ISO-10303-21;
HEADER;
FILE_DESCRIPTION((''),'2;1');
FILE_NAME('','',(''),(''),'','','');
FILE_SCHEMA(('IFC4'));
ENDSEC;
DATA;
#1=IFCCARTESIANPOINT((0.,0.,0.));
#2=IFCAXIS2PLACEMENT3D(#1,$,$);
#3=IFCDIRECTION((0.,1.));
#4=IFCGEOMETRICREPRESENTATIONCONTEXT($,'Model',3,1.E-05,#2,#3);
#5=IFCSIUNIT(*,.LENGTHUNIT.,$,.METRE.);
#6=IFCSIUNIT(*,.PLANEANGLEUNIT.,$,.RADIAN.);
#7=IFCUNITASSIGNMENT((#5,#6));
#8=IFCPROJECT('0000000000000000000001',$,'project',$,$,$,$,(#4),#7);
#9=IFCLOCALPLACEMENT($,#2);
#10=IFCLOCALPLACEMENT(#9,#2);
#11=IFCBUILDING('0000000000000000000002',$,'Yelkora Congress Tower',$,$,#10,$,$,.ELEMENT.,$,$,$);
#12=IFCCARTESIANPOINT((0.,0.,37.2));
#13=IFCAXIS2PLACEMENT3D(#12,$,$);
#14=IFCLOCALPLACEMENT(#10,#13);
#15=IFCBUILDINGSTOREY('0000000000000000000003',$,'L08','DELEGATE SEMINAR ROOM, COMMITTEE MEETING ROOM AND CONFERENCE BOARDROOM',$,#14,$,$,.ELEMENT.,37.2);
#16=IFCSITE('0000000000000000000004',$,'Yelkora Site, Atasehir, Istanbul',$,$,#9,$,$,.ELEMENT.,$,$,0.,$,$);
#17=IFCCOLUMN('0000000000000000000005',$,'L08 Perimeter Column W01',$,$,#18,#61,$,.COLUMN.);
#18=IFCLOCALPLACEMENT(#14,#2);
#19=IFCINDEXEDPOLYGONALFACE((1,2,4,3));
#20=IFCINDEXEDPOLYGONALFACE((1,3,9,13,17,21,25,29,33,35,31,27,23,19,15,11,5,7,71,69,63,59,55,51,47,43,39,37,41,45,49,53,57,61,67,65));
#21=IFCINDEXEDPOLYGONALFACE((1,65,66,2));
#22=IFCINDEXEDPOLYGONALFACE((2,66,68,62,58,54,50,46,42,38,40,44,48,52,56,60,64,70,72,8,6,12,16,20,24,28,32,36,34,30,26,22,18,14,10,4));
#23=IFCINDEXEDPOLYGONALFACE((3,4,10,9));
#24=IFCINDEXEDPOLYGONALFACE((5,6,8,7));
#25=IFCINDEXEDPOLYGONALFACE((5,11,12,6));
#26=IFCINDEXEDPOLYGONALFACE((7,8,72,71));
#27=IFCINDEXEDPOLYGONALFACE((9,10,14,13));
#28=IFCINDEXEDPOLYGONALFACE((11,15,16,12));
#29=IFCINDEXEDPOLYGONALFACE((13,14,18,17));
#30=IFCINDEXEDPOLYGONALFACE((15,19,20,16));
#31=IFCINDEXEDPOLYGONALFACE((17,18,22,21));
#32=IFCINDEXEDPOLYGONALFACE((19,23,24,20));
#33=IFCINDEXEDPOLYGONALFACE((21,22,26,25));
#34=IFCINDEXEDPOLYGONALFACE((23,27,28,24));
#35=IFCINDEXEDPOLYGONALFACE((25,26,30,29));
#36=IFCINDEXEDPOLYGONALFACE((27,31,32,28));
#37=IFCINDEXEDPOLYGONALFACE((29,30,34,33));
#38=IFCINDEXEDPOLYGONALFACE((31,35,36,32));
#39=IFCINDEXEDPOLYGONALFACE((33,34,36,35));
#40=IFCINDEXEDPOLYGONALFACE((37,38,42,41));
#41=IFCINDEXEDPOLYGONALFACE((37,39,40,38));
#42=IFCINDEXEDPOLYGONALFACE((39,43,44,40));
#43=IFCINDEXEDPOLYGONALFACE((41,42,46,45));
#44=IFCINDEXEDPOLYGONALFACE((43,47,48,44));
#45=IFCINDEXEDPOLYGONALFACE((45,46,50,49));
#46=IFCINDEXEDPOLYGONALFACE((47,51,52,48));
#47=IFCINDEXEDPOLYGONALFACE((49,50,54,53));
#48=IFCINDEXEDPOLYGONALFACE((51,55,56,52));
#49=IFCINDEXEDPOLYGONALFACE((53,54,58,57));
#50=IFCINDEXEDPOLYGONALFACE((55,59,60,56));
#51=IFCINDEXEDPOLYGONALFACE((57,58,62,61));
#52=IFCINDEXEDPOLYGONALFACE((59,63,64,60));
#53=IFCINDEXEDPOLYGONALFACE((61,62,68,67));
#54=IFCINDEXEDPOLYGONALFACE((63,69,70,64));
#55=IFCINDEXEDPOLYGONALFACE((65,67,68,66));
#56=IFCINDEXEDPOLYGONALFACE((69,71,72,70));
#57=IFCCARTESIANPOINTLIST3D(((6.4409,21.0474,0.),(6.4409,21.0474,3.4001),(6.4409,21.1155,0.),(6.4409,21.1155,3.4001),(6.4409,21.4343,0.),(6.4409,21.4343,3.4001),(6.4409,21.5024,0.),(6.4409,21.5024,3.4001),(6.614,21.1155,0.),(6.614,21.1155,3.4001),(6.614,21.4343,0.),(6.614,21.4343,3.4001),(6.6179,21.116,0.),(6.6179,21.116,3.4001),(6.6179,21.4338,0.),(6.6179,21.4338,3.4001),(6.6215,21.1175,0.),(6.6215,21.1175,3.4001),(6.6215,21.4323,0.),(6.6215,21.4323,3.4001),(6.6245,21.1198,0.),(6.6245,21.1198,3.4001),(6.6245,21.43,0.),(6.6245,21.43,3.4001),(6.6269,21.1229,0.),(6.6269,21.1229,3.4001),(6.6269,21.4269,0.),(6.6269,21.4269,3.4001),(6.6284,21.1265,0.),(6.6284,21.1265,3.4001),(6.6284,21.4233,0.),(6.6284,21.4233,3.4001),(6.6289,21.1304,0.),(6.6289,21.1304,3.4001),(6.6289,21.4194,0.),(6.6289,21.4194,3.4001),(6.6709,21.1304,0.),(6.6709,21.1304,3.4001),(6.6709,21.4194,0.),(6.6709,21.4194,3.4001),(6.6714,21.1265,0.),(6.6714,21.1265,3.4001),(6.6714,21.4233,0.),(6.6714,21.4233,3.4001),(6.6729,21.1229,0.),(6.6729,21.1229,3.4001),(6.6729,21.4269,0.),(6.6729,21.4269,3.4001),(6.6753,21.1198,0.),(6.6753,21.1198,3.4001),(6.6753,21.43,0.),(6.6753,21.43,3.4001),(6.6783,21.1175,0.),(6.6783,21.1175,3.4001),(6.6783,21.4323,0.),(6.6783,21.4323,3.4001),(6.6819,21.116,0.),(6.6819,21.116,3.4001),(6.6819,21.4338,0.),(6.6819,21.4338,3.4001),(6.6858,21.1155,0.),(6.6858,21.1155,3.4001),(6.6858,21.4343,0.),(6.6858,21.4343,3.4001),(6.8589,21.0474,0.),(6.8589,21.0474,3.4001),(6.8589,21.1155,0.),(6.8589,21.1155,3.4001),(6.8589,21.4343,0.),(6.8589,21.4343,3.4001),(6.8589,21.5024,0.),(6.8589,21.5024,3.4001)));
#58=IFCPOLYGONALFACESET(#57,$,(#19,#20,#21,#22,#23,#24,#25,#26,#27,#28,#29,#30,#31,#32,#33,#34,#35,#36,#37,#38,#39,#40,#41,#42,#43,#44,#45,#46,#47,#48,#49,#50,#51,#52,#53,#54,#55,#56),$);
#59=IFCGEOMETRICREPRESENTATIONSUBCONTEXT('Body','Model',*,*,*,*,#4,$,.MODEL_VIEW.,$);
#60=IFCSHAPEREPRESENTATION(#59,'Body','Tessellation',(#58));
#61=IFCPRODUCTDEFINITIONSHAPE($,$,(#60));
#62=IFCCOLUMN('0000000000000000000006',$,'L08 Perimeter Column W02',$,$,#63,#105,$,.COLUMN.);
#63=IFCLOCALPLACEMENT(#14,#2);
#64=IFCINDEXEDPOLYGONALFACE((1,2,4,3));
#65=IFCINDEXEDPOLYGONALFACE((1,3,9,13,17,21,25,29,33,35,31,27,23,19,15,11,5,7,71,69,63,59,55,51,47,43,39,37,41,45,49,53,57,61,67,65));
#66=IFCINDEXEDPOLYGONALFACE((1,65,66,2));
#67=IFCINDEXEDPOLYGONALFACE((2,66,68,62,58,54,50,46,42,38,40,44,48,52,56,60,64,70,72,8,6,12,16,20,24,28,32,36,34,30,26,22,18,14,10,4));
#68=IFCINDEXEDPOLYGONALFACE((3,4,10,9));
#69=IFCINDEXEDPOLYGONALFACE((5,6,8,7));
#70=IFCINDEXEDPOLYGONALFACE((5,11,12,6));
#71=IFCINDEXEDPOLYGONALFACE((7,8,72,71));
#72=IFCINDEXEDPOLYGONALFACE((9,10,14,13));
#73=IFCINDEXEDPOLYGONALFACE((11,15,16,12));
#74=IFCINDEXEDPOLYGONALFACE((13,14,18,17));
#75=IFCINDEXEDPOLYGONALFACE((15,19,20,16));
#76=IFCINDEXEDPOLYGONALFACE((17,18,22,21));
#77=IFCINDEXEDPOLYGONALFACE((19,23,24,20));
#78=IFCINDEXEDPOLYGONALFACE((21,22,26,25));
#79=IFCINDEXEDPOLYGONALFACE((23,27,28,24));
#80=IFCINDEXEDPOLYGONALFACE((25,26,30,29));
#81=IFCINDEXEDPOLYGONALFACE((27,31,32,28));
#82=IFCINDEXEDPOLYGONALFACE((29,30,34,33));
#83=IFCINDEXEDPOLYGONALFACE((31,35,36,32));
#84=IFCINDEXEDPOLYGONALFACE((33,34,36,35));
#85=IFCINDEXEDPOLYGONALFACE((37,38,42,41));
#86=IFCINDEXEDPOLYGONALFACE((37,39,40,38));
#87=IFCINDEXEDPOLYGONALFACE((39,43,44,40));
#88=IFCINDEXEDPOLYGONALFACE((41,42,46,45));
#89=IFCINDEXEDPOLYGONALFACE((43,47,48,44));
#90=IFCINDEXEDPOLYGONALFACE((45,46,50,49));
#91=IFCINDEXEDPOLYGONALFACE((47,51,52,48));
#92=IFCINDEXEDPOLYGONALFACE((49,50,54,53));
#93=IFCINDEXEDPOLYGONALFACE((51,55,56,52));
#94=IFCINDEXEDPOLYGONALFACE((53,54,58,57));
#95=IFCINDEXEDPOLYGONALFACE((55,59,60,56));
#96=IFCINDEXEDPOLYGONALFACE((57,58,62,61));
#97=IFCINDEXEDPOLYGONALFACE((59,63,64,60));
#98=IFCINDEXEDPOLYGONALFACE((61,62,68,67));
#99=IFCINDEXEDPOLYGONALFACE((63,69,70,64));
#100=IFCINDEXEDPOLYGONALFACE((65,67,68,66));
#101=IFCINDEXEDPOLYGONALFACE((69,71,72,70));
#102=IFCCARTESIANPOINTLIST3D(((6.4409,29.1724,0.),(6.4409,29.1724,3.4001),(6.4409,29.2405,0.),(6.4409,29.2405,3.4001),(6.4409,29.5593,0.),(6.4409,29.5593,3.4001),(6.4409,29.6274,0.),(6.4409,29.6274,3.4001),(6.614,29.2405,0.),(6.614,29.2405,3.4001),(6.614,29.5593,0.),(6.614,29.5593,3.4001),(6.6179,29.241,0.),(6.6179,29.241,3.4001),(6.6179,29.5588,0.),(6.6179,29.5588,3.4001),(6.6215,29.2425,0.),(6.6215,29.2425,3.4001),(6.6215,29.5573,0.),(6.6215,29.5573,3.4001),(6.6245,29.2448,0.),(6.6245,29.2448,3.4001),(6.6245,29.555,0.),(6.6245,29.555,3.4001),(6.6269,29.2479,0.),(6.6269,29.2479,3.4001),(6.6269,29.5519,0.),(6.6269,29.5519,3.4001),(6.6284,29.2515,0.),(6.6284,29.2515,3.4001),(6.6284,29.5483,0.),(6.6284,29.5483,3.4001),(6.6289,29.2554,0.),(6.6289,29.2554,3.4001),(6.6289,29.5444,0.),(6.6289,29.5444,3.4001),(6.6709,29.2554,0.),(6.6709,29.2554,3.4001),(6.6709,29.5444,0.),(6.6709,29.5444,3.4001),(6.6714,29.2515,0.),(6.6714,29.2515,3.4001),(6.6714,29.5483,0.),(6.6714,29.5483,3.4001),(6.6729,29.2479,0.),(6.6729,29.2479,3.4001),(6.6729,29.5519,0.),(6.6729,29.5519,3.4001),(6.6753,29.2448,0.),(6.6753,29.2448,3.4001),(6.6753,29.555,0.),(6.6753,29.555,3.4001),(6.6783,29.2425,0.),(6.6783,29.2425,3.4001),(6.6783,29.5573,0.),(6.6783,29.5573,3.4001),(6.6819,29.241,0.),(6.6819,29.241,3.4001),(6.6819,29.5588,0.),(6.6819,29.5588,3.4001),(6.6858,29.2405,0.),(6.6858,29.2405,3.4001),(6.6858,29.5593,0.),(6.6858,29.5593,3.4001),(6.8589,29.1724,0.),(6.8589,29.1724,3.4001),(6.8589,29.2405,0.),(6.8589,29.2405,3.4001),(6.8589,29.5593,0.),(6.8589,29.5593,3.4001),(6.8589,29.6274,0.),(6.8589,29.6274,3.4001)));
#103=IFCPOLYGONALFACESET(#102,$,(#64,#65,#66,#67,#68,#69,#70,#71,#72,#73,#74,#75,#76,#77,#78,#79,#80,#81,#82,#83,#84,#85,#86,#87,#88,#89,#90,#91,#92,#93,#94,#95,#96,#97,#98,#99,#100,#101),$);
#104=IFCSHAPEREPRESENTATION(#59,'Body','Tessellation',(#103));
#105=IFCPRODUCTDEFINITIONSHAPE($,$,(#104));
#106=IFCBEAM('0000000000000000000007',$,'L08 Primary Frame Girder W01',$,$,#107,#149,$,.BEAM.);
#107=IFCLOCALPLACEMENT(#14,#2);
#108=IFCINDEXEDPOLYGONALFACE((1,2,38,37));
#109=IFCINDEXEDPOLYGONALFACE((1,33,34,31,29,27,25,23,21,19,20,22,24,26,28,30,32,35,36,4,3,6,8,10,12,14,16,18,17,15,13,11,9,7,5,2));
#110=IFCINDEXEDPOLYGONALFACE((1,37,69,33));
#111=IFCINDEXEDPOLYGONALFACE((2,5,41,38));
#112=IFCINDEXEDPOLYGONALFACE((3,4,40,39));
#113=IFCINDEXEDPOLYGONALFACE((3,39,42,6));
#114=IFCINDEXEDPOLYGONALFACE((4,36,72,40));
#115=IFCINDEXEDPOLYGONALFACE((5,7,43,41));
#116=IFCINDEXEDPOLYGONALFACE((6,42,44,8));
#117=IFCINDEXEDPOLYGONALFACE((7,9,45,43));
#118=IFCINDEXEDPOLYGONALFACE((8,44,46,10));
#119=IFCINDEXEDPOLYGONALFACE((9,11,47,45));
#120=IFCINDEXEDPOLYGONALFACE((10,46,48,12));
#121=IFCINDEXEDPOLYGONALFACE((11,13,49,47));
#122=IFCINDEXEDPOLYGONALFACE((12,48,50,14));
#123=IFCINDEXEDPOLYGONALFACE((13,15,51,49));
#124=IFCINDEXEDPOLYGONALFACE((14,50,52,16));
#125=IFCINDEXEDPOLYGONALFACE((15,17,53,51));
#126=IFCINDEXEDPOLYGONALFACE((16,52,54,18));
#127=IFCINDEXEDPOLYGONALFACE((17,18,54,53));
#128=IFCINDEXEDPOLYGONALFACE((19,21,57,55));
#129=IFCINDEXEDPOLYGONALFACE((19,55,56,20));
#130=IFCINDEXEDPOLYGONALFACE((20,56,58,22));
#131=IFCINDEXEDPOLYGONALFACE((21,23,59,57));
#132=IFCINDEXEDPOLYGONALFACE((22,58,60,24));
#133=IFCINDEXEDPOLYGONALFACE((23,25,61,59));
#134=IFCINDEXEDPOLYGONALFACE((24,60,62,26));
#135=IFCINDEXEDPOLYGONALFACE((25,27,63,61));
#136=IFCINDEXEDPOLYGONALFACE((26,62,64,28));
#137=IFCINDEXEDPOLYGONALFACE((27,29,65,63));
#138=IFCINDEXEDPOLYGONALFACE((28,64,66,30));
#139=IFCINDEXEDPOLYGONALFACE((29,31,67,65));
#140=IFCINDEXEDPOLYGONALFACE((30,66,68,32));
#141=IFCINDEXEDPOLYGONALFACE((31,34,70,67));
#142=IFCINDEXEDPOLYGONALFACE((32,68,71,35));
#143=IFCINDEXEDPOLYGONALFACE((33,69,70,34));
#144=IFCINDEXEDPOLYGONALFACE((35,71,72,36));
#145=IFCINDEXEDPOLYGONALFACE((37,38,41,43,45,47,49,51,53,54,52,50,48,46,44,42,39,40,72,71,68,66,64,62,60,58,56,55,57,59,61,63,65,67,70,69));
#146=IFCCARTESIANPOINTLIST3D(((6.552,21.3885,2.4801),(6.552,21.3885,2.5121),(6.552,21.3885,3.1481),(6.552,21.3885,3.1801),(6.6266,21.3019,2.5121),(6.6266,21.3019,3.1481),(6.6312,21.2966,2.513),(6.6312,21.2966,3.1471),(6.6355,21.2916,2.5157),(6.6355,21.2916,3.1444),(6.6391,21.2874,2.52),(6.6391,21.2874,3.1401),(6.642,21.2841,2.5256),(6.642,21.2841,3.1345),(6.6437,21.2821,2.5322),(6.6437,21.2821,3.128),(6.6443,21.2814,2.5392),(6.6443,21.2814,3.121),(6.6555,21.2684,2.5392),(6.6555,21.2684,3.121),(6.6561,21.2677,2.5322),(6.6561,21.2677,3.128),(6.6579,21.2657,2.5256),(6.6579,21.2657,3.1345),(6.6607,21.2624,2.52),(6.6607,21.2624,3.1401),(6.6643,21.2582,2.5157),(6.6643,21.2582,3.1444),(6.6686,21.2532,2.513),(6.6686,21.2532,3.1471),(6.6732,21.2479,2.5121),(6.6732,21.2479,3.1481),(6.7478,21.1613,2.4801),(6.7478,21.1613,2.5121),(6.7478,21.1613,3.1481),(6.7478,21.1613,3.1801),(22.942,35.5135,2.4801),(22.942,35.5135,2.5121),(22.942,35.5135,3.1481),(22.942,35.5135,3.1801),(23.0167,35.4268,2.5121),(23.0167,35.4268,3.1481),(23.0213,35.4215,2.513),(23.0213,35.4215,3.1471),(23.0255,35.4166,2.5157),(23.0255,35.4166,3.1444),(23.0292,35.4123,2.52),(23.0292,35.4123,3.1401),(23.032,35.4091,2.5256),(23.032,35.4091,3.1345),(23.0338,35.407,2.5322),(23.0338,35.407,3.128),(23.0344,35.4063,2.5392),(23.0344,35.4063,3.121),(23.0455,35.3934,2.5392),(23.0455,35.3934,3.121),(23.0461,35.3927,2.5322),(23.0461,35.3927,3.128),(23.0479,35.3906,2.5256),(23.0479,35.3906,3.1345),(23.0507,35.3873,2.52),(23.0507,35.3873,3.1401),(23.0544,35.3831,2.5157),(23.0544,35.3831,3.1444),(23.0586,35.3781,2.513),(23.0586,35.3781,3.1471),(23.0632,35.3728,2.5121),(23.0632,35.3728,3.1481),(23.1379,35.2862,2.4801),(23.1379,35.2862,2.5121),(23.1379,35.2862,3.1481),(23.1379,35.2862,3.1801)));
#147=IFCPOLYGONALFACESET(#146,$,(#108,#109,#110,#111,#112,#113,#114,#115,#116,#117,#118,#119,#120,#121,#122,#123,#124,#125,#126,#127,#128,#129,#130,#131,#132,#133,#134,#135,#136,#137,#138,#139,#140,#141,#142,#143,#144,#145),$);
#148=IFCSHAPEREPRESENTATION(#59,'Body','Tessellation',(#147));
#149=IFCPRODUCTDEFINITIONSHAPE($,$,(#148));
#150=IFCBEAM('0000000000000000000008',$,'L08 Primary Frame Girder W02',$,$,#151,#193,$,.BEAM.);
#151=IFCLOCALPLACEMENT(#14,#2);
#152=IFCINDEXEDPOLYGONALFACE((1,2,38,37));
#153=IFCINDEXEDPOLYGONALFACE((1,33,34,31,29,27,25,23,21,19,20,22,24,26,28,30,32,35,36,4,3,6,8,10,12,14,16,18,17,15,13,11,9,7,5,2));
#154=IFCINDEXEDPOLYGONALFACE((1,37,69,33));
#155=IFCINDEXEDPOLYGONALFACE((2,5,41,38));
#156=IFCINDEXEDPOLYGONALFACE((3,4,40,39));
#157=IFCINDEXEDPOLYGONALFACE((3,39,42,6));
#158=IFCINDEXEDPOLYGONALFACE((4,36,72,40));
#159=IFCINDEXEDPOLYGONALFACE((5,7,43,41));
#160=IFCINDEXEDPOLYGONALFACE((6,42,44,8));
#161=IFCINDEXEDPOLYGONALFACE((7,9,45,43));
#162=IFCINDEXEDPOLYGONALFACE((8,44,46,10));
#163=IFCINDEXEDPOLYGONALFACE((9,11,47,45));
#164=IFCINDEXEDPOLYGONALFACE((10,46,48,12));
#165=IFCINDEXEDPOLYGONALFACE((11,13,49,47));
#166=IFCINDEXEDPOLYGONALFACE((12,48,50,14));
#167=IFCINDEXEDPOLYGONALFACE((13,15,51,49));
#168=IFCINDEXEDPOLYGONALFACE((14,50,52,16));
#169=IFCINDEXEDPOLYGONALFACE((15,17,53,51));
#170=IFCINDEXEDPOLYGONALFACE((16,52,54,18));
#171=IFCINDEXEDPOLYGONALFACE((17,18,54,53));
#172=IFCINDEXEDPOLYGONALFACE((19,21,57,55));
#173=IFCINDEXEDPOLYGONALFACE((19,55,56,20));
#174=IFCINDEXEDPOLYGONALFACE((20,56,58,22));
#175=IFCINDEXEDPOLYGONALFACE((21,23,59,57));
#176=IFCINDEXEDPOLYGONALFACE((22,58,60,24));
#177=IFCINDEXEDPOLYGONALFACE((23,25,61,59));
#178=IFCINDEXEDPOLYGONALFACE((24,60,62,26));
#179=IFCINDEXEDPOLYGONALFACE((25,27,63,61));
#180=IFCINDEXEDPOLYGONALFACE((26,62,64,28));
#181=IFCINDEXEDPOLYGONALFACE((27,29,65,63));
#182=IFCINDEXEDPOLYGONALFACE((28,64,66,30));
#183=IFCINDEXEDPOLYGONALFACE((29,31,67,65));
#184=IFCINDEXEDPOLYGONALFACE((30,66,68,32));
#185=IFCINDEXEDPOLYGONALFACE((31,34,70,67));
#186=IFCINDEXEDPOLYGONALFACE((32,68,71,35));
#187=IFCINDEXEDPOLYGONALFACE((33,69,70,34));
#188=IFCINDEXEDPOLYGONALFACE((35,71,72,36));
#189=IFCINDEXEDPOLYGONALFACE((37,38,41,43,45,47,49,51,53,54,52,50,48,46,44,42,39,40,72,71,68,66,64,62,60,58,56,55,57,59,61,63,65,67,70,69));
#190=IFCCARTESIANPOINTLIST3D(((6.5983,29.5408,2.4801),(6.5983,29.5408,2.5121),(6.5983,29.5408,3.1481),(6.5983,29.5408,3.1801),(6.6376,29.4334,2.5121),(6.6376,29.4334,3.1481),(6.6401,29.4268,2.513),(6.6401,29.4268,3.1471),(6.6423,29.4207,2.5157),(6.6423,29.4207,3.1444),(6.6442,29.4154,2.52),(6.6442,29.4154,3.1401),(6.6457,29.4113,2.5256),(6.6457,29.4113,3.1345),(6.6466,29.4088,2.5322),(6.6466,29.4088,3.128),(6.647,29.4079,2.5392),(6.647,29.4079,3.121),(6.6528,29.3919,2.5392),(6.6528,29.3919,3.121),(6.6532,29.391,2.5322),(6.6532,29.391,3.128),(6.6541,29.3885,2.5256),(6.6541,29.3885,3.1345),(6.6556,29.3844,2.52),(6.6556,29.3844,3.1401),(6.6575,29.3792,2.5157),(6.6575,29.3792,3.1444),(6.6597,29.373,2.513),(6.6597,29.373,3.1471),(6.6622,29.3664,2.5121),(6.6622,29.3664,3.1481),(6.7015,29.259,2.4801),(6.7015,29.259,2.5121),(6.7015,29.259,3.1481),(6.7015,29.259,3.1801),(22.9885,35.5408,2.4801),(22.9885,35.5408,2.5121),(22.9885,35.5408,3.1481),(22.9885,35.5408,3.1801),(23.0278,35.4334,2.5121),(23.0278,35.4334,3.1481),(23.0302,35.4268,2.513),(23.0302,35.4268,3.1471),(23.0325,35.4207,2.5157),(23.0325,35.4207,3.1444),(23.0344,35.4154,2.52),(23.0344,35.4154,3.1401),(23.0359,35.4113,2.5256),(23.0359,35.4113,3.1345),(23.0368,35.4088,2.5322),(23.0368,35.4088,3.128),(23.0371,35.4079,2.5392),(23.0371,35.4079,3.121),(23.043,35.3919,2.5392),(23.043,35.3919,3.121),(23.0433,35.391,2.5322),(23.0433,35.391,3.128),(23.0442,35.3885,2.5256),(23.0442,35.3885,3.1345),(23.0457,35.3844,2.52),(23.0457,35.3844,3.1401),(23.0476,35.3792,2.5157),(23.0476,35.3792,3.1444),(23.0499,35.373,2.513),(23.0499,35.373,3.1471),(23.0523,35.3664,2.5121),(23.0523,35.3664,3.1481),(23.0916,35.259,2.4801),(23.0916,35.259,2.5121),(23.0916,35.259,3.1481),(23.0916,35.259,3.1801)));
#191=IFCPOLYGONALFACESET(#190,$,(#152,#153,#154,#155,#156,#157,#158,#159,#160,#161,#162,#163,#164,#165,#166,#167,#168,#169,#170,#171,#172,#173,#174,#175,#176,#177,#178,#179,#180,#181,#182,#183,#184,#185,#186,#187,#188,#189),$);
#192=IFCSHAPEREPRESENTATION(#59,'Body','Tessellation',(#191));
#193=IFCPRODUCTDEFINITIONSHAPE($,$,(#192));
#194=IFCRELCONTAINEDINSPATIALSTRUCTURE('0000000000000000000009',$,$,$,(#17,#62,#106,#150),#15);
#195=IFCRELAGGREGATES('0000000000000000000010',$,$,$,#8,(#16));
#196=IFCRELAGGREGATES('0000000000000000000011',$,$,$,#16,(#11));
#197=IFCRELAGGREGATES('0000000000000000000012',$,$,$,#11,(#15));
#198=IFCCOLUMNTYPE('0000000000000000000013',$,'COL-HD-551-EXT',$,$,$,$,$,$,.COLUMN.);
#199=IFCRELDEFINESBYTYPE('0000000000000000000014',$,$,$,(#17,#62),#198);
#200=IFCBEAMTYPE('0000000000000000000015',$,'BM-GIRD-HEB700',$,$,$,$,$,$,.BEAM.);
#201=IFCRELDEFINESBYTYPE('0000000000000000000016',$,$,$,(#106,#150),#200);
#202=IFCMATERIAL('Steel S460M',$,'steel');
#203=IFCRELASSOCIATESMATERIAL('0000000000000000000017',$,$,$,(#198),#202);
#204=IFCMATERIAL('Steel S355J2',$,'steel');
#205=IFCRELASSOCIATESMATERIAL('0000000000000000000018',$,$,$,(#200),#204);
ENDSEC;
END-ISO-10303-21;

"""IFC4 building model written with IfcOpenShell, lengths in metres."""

from ifc_helpers import new_model, si_unit, direction, frame, origin, origin_2d, place, context, subcontext, project, spatial, i_section, extrude, material, material_profile, profile_set, type_object, element, save


model = new_model("IFC4")

# Units and contexts
model_context = context("Model", 3, precision=1e-05, world=origin(), true_north=direction((0.0, 1.0)))
body_context = subcontext(model_context, "Body", "Model", "MODEL_VIEW")
ifc_project = project(units=[si_unit("LENGTHUNIT", "METRE"), si_unit("PLANEANGLEUNIT", "RADIAN")], contexts=[model_context])

# Site, building, storey
site_placement = place(None, origin())
site = spatial("IfcSite", under=ifc_project, at=site_placement, Name="Yelkora Site, Atasehir, Istanbul", CompositionType="ELEMENT", RefElevation=0.0)
building_placement = place(site_placement, origin())
building = spatial("IfcBuilding", under=site, at=building_placement, Name="Yelkora Congress Tower", CompositionType="ELEMENT")
storey_placement = place(building_placement, frame((0.0, 0.0, 37.2)))
storey = spatial("IfcBuildingStorey", under=building, at=storey_placement, Name="L08", Description="DELEGATE SEMINAR ROOM, COMMITTEE MEETING ROOM AND CONFERENCE BOARDROOM", CompositionType="ELEMENT", Elevation=37.2)

# Columns
ifc_material_1 = material(Name="Steel S460M", Category="steel")
ifc_material_profile_1 = material_profile(ifc_material_1, i_section(OverallWidth=0.418, OverallDepth=0.4551, WebThickness=0.042, FlangeThickness=0.0681, FilletRadius=0.0149, at=origin_2d()), Name="HD 400x551")
ifc_profile_set_1 = profile_set([ifc_material_profile_1], Name="Steel S460M")
column_type = type_object("IfcColumnType", Name="COL-HD-551-EXT", PredefinedType="COLUMN", material=ifc_profile_set_1)
for number, where, z_axis, x_axis, name in (
    (1, (6.6499, 21.2749, 0.0), (0.0, 0.0, 1.0), (1.0, 0.0, 0.0), "L08 Perimeter Column W01"),
    (2, (6.6499, 29.3999, 0.0), (0.0, 0.0, 1.0), (1.0, 0.0, 0.0), "L08 Perimeter Column W02"),
):
    element("IfcColumn", number, at=place(storey_placement, frame(where, z_axis=z_axis, x_axis=x_axis)), inside=storey, type_object=column_type, Name=name, PredefinedType="COLUMN", context=body_context, shape_type="SweptSolid", body=[
        extrude(i_section(OverallWidth=0.418, OverallDepth=0.4551, WebThickness=0.042, FlangeThickness=0.0681, FilletRadius=0.0149, at=origin_2d()), origin(), (0.0, 0.0, 1.0), 3.4001),
    ])

# Beams
ifc_material_2 = material(Name="Steel S355J2", Category="steel")
ifc_material_profile_2 = material_profile(ifc_material_2, i_section(OverallWidth=0.3, OverallDepth=0.7, WebThickness=0.0171, FlangeThickness=0.032, FilletRadius=0.0271, at=origin_2d()), Name="HEB 700")
ifc_profile_set_2 = profile_set([ifc_material_profile_2], Name="Steel S355J2")
beam_type_1 = type_object("IfcBeamType", Name="BM-GIRD-HEB700", PredefinedType="BEAM", material=ifc_profile_set_2)
beam_1_placement = place(storey_placement, frame((6.6499, 21.2749, 2.8301), z_axis=(0.757511, 0.652822, 0.0), x_axis=(-0.652822, 0.757511, 0.0)))
element("IfcBeam", 3, at=beam_1_placement, inside=storey, type_object=beam_type_1, Name="L08 Primary Frame Girder W01", PredefinedType="BEAM", context=body_context, shape_type="SweptSolid", body=[
    extrude(i_section(OverallWidth=0.3, OverallDepth=0.7, WebThickness=0.0171, FlangeThickness=0.032, FilletRadius=0.0271, at=origin_2d()), origin(), (0.0, 0.0, 1.0), 21.6367),
])
beam_2_placement = place(storey_placement, frame((6.6499, 29.3999, 2.8301), z_axis=(0.939056, 0.343764, 0.0), x_axis=(-0.343764, 0.939056, 0.0)))
element("IfcBeam", 4, at=beam_2_placement, inside=storey, type_object=beam_type_1, Name="L08 Primary Frame Girder W02", PredefinedType="BEAM", context=body_context, shape_type="SweptSolid", body=[
    extrude(i_section(OverallWidth=0.3, OverallDepth=0.7, WebThickness=0.0171, FlangeThickness=0.032, FilletRadius=0.0271, at=origin_2d()), origin(), (0.0, 0.0, 1.0), 17.4539),
])

save(model, "model.ifc")
